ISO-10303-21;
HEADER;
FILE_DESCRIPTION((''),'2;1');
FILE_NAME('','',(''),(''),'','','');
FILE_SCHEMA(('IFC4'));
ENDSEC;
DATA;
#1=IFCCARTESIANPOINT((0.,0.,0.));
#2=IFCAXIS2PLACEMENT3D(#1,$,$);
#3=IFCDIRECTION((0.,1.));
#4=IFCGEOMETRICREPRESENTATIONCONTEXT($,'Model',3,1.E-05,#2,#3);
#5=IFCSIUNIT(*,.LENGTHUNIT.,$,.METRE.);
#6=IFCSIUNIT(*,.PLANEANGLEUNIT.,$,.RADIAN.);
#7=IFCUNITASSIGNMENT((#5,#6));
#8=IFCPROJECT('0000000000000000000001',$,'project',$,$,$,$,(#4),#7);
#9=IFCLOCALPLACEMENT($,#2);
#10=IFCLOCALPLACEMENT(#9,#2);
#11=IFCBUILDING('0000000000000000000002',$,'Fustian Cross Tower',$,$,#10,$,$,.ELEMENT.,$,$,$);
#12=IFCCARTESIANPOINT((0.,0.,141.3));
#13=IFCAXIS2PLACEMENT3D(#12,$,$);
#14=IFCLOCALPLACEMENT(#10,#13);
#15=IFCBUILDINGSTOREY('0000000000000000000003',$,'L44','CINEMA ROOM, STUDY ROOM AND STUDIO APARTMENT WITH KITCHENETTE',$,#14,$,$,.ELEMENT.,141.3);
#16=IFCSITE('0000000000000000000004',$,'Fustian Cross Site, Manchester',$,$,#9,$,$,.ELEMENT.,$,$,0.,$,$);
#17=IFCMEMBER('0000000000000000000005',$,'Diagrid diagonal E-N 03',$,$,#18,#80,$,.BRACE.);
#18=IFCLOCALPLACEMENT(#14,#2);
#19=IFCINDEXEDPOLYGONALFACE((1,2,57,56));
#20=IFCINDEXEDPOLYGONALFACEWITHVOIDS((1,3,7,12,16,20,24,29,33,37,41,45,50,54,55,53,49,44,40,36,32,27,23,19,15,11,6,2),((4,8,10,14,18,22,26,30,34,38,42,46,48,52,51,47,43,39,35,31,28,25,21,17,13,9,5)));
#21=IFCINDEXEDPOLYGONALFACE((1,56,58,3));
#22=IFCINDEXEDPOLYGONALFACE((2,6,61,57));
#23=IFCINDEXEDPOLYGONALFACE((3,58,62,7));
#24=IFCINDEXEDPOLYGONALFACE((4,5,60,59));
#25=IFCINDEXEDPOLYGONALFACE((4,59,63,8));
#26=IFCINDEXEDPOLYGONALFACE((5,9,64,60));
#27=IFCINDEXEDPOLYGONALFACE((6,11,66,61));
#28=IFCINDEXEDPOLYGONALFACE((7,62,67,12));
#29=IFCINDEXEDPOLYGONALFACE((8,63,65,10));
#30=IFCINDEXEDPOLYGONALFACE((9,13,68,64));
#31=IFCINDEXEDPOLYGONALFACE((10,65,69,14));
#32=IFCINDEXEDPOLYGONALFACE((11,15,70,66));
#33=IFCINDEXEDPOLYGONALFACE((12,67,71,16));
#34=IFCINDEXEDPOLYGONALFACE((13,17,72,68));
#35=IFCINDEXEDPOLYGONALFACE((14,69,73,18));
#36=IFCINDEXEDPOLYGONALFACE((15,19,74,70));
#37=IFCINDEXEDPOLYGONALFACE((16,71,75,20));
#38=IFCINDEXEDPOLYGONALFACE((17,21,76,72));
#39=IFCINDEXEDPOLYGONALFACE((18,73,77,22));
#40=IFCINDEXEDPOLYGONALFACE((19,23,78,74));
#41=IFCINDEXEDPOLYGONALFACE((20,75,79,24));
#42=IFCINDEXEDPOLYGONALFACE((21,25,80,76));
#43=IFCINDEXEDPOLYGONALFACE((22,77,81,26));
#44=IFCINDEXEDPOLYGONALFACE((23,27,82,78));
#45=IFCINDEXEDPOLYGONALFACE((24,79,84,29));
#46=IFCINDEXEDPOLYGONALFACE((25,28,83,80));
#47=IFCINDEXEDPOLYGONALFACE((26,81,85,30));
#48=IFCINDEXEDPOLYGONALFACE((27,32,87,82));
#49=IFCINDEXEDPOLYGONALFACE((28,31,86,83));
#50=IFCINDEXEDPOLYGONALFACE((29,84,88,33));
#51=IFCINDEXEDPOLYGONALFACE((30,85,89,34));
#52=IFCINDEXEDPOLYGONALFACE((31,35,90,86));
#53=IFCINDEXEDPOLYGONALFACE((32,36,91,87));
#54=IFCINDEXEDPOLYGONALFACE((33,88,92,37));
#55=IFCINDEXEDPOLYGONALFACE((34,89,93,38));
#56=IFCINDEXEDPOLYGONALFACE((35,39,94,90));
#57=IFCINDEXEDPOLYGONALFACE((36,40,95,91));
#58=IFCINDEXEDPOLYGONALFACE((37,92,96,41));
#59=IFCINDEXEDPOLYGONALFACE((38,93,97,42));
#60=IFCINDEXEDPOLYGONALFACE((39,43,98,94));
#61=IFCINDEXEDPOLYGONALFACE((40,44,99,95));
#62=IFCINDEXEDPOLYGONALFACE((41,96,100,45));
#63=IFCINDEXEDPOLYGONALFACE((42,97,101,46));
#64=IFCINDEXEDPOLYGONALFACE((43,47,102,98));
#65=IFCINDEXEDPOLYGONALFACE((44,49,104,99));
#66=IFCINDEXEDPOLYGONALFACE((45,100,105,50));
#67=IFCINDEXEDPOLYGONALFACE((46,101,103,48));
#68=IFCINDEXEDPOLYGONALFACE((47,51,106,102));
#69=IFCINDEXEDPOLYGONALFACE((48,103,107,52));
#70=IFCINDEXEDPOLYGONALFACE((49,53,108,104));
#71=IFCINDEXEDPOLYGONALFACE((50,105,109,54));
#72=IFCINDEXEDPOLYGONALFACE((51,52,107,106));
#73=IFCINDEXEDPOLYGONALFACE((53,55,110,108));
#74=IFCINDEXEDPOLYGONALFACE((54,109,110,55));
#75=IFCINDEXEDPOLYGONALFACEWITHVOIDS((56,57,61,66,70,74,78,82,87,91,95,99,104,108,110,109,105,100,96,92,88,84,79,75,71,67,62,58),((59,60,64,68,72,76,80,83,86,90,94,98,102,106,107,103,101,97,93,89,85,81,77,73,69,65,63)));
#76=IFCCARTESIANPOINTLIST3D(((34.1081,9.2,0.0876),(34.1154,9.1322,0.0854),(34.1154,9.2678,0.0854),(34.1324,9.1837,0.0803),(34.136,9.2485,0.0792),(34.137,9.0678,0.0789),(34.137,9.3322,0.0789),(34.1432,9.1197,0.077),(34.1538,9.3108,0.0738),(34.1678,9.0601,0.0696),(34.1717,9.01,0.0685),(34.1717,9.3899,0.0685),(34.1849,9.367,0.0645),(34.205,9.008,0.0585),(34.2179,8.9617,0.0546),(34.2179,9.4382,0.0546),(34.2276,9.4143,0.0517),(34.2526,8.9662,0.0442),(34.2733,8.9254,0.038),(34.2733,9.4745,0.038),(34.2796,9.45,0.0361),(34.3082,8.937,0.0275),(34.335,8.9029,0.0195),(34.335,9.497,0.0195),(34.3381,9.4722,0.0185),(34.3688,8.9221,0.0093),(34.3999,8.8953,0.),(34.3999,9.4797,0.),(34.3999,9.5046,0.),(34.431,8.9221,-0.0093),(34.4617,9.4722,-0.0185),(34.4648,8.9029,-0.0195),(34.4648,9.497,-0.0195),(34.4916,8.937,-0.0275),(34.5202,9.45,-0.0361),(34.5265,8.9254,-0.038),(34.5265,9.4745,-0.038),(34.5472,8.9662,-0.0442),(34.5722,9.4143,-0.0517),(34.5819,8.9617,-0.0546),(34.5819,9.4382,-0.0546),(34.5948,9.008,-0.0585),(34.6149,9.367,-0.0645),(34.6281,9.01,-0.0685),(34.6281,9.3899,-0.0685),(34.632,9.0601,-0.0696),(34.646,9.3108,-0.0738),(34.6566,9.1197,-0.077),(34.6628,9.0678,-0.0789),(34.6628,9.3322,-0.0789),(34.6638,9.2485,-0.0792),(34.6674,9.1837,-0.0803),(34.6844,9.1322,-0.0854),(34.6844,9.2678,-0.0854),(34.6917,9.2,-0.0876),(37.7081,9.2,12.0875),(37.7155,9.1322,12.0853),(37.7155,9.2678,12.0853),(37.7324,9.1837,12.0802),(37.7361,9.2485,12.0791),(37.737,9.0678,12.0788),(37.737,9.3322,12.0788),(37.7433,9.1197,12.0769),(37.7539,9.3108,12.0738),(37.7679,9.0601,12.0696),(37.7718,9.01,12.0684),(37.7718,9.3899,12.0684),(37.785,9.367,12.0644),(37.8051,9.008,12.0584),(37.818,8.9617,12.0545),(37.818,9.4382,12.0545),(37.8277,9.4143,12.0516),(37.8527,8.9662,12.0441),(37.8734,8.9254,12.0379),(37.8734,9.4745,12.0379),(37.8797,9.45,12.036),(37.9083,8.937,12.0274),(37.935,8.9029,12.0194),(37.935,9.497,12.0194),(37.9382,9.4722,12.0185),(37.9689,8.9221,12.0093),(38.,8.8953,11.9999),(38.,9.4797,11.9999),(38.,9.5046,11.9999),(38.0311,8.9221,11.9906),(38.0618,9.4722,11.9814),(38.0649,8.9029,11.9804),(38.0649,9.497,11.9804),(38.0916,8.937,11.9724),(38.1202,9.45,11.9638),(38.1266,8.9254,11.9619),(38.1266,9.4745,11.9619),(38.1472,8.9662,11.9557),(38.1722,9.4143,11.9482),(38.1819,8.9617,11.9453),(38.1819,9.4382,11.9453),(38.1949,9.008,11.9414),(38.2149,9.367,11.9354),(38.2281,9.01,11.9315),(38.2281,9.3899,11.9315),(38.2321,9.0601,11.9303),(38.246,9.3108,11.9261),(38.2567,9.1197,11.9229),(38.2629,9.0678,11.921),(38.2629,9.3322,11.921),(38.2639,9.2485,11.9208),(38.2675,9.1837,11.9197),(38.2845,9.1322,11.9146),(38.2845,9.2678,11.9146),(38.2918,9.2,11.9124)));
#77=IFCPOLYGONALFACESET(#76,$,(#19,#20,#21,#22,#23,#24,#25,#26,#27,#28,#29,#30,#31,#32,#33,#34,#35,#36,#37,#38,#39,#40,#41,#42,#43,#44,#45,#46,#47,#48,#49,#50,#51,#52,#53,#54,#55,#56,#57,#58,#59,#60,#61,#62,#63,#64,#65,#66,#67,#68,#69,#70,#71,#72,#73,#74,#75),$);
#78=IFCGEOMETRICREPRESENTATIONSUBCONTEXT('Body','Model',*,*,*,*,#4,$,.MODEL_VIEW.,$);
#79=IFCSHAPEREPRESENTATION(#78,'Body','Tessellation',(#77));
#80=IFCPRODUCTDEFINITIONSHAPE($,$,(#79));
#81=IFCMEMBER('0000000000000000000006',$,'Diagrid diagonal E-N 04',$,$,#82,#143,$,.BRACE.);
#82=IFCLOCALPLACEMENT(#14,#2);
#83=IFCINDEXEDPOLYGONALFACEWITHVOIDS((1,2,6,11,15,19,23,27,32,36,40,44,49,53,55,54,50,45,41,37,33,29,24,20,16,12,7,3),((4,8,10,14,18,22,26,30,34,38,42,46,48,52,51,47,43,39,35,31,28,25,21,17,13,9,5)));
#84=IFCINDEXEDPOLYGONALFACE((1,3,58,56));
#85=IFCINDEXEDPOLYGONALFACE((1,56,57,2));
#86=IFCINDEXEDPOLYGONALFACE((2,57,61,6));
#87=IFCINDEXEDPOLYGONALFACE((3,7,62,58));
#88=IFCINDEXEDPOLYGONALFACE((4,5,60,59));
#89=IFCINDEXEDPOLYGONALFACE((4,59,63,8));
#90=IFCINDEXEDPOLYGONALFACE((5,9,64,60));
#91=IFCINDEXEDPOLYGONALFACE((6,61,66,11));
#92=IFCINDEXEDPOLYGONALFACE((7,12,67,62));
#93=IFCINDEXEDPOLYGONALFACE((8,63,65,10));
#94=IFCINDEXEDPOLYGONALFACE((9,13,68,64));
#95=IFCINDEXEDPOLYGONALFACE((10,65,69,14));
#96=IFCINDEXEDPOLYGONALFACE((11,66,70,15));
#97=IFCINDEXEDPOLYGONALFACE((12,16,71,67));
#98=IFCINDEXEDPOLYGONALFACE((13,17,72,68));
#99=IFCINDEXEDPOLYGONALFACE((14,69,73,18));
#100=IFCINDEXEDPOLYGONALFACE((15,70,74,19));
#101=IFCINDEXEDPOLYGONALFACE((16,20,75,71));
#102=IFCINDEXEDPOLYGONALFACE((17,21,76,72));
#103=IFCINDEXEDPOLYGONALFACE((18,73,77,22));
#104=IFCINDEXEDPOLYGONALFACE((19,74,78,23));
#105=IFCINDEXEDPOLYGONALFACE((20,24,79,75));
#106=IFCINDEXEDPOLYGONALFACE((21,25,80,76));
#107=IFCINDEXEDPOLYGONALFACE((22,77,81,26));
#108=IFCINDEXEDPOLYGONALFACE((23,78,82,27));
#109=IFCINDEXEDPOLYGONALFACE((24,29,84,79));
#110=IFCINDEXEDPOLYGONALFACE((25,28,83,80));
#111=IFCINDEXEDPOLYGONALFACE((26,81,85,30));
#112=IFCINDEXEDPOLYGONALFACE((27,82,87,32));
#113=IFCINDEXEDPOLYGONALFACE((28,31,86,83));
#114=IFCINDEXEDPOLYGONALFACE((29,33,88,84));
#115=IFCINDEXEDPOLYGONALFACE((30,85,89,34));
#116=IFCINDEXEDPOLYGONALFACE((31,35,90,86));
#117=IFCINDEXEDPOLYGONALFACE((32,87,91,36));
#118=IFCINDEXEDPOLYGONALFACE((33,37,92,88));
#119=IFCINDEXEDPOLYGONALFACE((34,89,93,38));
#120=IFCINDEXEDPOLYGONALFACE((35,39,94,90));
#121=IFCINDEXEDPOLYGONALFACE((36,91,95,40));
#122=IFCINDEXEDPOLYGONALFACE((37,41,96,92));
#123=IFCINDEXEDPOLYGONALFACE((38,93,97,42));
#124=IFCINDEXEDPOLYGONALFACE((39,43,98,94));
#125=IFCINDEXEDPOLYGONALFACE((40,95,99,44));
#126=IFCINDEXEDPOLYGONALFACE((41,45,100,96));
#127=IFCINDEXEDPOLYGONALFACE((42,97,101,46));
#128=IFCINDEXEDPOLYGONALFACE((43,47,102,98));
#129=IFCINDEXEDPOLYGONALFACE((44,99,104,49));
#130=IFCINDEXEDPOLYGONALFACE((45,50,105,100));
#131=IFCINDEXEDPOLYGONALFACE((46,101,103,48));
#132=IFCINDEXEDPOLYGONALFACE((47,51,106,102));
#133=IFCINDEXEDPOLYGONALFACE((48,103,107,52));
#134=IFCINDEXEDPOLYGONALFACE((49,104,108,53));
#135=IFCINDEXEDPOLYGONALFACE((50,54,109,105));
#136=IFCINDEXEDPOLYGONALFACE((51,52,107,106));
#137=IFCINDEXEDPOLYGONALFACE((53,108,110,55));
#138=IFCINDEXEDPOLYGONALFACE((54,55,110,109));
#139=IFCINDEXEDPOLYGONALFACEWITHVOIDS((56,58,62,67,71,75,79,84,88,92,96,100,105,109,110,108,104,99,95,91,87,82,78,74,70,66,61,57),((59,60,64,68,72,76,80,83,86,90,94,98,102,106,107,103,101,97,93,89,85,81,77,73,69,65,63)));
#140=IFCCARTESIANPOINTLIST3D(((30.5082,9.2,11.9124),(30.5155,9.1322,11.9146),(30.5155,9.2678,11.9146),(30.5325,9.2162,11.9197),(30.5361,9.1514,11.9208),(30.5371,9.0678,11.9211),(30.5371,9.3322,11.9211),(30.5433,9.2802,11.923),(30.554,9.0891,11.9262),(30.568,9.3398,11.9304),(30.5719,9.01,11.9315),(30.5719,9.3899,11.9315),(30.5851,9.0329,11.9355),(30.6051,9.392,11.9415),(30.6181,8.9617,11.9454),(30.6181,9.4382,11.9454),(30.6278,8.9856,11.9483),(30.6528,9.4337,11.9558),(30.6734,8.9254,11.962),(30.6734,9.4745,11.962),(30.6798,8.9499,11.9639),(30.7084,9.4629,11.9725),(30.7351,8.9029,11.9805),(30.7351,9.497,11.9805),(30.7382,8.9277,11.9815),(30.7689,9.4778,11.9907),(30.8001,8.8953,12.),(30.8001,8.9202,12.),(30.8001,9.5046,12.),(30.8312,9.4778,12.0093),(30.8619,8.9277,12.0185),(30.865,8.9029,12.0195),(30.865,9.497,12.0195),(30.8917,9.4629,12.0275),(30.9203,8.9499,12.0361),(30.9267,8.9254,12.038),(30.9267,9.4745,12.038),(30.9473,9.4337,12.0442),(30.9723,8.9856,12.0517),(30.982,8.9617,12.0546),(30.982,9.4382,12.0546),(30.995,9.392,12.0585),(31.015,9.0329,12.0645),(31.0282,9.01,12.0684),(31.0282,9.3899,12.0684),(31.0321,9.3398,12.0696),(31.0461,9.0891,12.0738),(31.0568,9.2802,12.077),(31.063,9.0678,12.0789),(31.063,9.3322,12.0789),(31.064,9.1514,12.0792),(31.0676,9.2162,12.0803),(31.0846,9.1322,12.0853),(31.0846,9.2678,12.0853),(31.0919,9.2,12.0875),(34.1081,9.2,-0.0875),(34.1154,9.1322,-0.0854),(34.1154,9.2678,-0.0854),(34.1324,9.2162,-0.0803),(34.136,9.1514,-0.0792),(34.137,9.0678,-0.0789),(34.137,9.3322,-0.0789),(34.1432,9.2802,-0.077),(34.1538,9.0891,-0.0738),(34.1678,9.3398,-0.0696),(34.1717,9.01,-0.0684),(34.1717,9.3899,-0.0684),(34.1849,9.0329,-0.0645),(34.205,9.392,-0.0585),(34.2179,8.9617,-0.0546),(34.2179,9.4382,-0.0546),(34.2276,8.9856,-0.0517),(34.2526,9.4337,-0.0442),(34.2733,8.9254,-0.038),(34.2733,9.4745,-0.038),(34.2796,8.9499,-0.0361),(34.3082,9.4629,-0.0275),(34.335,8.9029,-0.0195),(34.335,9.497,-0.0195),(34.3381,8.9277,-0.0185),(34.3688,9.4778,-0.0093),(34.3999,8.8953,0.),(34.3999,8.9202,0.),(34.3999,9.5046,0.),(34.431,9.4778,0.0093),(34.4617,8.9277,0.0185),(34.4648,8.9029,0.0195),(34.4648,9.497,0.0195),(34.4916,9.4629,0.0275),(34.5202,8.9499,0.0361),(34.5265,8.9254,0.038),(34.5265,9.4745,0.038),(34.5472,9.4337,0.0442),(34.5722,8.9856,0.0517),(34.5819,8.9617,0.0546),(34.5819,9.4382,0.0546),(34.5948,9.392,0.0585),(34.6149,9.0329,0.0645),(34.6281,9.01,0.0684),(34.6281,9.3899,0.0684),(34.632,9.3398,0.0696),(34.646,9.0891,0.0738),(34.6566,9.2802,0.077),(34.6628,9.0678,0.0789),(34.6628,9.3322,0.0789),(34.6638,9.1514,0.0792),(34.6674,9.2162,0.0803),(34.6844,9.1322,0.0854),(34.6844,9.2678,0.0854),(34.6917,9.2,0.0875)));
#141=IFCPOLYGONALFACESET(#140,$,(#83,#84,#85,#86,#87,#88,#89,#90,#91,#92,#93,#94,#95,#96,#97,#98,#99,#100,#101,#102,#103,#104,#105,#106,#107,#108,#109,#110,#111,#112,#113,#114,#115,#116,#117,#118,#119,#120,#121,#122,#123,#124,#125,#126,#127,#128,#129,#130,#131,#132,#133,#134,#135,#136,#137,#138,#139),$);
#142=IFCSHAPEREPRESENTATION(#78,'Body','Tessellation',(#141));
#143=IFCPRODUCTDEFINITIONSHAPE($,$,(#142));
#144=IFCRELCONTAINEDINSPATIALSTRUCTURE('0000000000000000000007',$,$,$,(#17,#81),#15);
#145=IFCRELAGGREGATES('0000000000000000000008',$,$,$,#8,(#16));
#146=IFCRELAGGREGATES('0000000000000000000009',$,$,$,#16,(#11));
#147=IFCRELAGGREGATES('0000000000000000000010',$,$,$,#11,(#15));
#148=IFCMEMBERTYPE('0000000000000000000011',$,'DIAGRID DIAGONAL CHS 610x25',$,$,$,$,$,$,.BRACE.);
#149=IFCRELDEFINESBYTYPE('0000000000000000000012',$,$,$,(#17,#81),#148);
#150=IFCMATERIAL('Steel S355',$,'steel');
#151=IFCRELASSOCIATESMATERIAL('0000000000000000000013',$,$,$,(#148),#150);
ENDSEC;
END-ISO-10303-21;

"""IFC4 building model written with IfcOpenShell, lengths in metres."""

from ifc_helpers import new_model, si_unit, direction, frame, origin, origin_2d, place, context, subcontext, project, spatial, hollow_circle, extrude, material, material_profile, profile_set, type_object, element, save


model = new_model("IFC4")

# Units and contexts
model_context = context("Model", 3, precision=1e-05, world=origin(), true_north=direction((0.0, 1.0)))
body_context = subcontext(model_context, "Body", "Model", "MODEL_VIEW")
ifc_project = project(units=[si_unit("LENGTHUNIT", "METRE"), si_unit("PLANEANGLEUNIT", "RADIAN")], contexts=[model_context])

# Site, building, storey
site_placement = place(None, origin())
site = spatial("IfcSite", under=ifc_project, at=site_placement, Name="Fustian Cross Site, Manchester", CompositionType="ELEMENT", RefElevation=0.0)
building_placement = place(site_placement, origin())
building = spatial("IfcBuilding", under=site, at=building_placement, Name="Fustian Cross Tower", CompositionType="ELEMENT")
storey_placement = place(building_placement, frame((0.0, 0.0, 141.3)))
storey = spatial("IfcBuildingStorey", under=building, at=storey_placement, Name="L44", Description="CINEMA ROOM, STUDY ROOM AND STUDIO APARTMENT WITH KITCHENETTE", CompositionType="ELEMENT", Elevation=141.3)

# Members
ifc_material_1 = material(Name="Steel S355", Category="steel")
ifc_material_profile_1 = material_profile(ifc_material_1, hollow_circle(Radius=0.3047, WallThickness=0.0249, at=origin_2d()), Name="CHS 610x25")
ifc_profile_set_1 = profile_set([ifc_material_profile_1], Name="Steel S355")
member_type_1 = type_object("IfcMemberType", Name="DIAGRID DIAGONAL CHS 610x25", PredefinedType="BRACE", material=ifc_profile_set_1)
for number, where, z_axis, x_axis, name in (
    (1, (34.3999, 9.2, 0.0), (0.287355, 0.0, 0.957824), (0.0, 1.0, 0.0), "Diagrid diagonal E-N 03"),
    (2, (34.3999, 9.2, 0.0), (-0.287337, 0.0, 0.95783), (0.0, -1.0, 0.0), "Diagrid diagonal E-N 04"),
):
    element("IfcMember", number, at=place(storey_placement, frame(where, z_axis=z_axis, x_axis=x_axis)), inside=storey, type_object=member_type_1, Name=name, PredefinedType="BRACE", context=body_context, shape_type="SweptSolid", body=[
        extrude(hollow_circle(Radius=0.3047, WallThickness=0.0249, at=origin_2d()), origin(), (0.0, 0.0, 1.0), 12.5283),
    ])

save(model, "model.ifc")
